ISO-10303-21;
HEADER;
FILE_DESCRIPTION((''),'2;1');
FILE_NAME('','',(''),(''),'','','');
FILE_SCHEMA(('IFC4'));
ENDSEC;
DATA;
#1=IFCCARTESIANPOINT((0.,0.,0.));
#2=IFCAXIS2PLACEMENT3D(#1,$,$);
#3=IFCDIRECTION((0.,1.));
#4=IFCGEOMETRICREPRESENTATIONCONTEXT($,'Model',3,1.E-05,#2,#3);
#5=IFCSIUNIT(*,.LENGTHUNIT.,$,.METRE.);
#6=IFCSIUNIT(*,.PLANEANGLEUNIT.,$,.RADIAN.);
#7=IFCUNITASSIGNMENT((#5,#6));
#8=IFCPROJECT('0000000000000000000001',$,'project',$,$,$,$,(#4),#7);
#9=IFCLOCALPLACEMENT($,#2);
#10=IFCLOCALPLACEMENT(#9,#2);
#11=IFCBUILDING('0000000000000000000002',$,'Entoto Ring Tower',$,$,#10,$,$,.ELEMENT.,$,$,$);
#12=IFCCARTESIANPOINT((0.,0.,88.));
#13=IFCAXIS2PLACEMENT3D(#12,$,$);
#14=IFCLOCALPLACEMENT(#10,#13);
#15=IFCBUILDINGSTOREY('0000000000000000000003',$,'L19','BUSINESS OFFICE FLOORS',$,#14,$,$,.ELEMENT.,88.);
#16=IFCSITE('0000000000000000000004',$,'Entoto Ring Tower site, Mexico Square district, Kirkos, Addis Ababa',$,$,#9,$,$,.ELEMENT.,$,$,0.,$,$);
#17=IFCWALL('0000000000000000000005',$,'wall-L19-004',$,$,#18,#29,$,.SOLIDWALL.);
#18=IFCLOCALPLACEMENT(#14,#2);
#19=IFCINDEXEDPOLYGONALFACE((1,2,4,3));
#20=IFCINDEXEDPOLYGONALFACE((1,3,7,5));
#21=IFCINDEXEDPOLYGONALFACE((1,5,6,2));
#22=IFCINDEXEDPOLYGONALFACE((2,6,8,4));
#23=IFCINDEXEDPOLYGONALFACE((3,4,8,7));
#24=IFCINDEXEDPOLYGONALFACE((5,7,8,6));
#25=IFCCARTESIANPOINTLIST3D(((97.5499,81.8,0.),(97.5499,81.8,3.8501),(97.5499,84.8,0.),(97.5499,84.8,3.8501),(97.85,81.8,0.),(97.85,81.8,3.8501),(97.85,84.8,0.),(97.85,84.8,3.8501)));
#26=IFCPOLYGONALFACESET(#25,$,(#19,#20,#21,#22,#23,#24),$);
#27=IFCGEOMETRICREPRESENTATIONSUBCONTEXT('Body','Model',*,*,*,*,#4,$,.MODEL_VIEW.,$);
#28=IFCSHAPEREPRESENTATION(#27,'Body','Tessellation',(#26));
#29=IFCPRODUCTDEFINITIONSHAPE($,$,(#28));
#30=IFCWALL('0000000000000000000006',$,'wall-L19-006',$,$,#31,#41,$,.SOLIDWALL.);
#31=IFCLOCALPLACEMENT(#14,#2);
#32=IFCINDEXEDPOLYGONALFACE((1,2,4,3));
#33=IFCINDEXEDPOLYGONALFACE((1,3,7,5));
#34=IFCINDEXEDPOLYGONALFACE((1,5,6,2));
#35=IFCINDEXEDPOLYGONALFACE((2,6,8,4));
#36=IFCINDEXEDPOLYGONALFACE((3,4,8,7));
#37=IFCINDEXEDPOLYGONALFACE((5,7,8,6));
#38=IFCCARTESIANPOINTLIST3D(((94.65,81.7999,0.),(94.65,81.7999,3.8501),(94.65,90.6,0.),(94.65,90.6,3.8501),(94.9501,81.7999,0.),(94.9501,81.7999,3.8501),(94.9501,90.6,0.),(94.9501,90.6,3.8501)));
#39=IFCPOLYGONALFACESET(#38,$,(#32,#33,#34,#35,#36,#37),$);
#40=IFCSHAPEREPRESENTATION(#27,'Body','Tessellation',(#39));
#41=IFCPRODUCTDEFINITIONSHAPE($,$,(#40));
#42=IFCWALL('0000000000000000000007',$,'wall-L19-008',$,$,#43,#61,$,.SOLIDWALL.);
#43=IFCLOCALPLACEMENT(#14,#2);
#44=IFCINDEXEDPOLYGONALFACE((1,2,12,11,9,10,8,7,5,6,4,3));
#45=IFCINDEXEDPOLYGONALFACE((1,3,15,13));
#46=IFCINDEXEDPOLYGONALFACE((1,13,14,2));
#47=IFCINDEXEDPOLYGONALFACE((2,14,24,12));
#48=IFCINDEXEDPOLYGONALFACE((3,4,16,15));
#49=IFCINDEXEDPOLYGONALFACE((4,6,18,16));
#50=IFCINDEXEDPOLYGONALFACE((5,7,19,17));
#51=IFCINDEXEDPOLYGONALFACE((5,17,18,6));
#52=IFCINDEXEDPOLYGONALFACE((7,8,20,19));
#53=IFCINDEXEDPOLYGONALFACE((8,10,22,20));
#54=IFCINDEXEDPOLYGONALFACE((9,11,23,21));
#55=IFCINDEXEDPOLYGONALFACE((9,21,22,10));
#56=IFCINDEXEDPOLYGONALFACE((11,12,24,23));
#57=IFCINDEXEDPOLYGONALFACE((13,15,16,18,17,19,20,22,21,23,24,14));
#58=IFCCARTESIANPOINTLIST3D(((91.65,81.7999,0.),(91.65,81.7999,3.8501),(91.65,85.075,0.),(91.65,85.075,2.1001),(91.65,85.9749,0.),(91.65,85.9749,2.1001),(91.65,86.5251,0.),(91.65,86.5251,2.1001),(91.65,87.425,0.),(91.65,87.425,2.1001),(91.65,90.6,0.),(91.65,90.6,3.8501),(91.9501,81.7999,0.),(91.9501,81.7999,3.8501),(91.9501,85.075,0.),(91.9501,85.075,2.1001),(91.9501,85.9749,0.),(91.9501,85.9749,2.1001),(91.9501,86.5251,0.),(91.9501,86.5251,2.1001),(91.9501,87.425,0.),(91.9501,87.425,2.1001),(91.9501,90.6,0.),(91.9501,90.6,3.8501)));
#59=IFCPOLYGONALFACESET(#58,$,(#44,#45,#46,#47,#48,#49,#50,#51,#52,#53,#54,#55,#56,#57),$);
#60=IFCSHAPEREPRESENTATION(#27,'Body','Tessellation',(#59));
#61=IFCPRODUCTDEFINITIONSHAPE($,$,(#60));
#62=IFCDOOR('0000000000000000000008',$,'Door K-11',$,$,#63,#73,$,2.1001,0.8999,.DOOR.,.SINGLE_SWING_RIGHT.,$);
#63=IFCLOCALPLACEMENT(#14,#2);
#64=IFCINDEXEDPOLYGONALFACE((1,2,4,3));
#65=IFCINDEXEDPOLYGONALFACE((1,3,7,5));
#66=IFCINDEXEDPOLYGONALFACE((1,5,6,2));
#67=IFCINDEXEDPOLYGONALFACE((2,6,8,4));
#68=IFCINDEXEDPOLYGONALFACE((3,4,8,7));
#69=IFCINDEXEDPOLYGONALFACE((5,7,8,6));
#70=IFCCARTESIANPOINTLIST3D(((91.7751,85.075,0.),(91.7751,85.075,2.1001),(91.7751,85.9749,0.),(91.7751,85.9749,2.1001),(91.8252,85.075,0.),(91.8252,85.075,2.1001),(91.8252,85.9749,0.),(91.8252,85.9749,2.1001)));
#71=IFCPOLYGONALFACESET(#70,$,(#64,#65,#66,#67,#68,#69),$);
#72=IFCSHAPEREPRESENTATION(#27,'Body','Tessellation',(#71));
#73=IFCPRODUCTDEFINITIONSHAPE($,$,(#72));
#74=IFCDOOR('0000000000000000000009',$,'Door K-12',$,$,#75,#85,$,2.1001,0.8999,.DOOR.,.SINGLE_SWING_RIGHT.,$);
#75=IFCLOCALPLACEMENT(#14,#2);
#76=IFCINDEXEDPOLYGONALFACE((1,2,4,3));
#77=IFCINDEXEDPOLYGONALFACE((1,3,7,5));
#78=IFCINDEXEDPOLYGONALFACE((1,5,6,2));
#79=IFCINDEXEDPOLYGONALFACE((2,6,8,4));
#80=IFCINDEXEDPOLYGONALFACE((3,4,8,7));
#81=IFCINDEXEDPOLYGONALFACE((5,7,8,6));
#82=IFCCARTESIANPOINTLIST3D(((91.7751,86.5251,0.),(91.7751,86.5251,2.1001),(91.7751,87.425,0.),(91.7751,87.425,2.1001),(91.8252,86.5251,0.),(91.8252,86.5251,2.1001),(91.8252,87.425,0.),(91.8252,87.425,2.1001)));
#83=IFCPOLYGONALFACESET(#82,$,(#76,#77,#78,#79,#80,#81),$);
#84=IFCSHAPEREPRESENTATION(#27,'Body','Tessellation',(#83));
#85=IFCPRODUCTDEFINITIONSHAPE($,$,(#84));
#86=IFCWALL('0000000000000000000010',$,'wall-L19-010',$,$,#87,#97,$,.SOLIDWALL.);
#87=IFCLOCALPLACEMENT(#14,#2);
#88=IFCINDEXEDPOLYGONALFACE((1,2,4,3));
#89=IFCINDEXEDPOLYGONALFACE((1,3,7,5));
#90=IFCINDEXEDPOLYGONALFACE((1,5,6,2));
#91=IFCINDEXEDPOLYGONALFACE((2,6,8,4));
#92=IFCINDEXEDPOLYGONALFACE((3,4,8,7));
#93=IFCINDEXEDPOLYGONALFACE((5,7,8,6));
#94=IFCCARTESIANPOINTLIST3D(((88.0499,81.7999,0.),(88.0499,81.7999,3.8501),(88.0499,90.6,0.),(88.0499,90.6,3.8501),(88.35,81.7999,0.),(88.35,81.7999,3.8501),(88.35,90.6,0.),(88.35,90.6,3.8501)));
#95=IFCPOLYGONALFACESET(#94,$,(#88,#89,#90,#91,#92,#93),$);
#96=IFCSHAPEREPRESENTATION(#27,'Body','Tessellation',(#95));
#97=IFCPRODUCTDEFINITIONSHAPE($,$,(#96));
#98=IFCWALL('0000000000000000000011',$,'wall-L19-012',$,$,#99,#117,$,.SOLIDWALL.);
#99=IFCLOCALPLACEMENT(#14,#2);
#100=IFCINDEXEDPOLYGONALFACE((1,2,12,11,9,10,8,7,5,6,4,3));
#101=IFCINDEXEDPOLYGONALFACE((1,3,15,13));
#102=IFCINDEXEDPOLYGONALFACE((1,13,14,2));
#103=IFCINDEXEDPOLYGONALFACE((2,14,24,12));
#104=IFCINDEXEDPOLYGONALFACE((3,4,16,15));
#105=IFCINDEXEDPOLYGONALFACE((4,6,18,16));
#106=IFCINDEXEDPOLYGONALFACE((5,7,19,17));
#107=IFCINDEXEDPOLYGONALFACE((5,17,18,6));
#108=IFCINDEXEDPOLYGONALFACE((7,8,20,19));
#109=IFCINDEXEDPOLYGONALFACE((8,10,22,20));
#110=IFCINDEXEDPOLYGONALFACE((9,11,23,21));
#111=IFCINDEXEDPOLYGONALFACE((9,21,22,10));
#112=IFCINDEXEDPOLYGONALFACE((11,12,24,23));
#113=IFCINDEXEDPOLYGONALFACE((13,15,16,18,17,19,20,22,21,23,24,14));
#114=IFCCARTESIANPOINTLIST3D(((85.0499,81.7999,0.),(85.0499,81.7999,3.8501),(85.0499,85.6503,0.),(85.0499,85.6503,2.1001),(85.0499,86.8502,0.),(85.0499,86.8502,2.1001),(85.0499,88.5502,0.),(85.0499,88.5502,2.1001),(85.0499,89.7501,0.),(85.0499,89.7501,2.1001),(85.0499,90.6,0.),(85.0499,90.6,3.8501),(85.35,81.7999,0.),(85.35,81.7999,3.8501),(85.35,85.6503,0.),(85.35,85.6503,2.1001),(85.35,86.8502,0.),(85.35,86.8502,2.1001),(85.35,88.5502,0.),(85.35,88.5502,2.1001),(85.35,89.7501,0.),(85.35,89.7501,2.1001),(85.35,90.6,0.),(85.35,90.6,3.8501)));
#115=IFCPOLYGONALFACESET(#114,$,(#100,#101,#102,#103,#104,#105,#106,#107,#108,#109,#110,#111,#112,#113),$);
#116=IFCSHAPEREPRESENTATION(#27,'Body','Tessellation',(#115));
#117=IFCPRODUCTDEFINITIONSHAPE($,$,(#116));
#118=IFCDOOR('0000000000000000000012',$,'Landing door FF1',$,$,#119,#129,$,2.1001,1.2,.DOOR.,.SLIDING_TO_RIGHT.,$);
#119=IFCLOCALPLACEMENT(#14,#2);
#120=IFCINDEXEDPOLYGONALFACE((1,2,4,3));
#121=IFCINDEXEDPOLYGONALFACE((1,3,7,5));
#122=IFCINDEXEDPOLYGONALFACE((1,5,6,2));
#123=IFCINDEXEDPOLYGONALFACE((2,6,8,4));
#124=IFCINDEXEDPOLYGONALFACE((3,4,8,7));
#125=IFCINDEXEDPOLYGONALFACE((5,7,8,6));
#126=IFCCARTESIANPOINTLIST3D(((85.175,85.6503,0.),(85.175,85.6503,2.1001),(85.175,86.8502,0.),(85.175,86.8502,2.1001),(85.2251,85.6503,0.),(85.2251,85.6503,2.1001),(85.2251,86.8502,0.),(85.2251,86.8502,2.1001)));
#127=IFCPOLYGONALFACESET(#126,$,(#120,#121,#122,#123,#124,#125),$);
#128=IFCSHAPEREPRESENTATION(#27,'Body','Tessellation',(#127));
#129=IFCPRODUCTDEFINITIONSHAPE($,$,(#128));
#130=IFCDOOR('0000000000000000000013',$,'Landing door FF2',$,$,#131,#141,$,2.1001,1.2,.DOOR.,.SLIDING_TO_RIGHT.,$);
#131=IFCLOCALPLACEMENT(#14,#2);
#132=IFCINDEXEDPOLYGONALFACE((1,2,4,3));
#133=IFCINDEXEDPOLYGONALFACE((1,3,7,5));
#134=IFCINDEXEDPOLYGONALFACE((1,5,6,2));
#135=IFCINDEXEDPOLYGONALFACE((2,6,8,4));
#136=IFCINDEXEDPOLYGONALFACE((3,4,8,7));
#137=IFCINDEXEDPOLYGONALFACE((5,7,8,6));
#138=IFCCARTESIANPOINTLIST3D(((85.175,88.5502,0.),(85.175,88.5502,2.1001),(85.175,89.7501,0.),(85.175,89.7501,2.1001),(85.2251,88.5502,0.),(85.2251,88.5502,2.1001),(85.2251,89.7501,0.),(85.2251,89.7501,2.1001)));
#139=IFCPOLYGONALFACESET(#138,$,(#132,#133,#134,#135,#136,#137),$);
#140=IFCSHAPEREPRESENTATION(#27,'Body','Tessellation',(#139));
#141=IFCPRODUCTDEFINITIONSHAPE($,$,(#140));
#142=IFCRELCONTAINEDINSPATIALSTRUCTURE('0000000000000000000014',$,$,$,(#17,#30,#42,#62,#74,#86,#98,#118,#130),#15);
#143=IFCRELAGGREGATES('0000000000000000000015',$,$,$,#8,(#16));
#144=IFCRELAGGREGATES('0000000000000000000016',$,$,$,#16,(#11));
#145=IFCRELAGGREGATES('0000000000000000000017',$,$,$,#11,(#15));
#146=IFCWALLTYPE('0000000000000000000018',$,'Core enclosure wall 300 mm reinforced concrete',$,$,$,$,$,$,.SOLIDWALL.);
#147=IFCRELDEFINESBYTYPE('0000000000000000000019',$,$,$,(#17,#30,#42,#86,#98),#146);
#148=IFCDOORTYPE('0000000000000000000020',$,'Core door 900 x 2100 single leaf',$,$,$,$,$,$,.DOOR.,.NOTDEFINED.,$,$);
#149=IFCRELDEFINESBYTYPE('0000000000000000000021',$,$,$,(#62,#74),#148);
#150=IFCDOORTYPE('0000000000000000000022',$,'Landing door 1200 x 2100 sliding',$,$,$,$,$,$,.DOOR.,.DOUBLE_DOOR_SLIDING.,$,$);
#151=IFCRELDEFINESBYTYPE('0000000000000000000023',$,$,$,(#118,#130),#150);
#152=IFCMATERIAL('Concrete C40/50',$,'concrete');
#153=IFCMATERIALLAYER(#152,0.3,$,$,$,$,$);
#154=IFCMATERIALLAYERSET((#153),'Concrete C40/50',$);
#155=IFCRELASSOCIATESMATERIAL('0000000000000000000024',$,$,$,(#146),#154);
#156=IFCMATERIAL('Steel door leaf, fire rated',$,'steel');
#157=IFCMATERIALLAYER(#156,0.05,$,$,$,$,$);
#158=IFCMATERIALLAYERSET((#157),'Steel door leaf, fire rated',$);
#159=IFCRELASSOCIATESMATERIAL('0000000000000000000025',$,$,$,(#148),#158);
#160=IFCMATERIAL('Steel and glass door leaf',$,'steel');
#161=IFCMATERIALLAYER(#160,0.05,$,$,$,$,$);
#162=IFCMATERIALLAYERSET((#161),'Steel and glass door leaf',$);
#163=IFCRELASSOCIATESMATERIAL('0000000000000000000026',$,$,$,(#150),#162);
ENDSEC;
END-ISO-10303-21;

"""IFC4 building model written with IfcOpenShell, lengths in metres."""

from ifc_helpers import new_model, si_unit, direction, frame, frame_2d, origin, place, context, subcontext, project, spatial, rectangle, extrude, material, layer, layer_set, type_object, element, fill, save


model = new_model("IFC4")

# Units and contexts
model_context = context("Model", 3, precision=1e-05, world=origin(), true_north=direction((0.0, 1.0)))
body_context = subcontext(model_context, "Body", "Model", "MODEL_VIEW")
ifc_project = project(units=[si_unit("LENGTHUNIT", "METRE"), si_unit("PLANEANGLEUNIT", "RADIAN")], contexts=[model_context])

# Site, building, storey
site_placement = place(None, origin())
site = spatial("IfcSite", under=ifc_project, at=site_placement, Name="Entoto Ring Tower site, Mexico Square district, Kirkos, Addis Ababa", CompositionType="ELEMENT", RefElevation=0.0)
building_placement = place(site_placement, origin())
building = spatial("IfcBuilding", under=site, at=building_placement, Name="Entoto Ring Tower", CompositionType="ELEMENT")
storey_placement = place(building_placement, frame((0.0, 0.0, 88.0)))
storey = spatial("IfcBuildingStorey", under=building, at=storey_placement, Name="L19", Description="BUSINESS OFFICE FLOORS", CompositionType="ELEMENT", Elevation=88.0)

# Walls
ifc_material_1 = material(Name="Concrete C40/50", Category="concrete")
ifc_layer_1 = layer(ifc_material_1, 0.3)
ifc_layer_set_1 = layer_set([ifc_layer_1], Name="Concrete C40/50")
wall_type = type_object("IfcWallType", Name="Core enclosure wall 300 mm reinforced concrete", PredefinedType="SOLIDWALL", material=ifc_layer_set_1)
wall_1_placement = place(storey_placement, frame((97.7, 81.8, 0.0), z_axis=(0.0, 0.0, 1.0), x_axis=(0.0, 1.0, 0.0)))
element("IfcWall", 1, at=wall_1_placement, inside=storey, type_object=wall_type, Name="wall-L19-004", PredefinedType="SOLIDWALL", context=body_context, shape_type="SweptSolid", body=[
    extrude(rectangle(XDim=3.0, YDim=0.3, at=frame_2d((1.5, 0.0))), origin(), (0.0, 0.0, 1.0), 3.8501),
])
wall_2_placement = place(storey_placement, frame((94.8, 81.8, 0.0), z_axis=(0.0, 0.0, 1.0), x_axis=(0.0, 1.0, 0.0)))
element("IfcWall", 2, at=wall_2_placement, inside=storey, type_object=wall_type, Name="wall-L19-006", PredefinedType="SOLIDWALL", context=body_context, shape_type="SweptSolid", body=[
    extrude(rectangle(XDim=8.8, YDim=0.3, at=frame_2d((4.3999, 0.0))), origin(), (0.0, 0.0, 1.0), 3.8501),
])

# Wall, openings, doors
wall_3_placement = place(storey_placement, frame((91.8, 81.8, 0.0), z_axis=(0.0, 0.0, 1.0), x_axis=(0.0, 1.0, 0.0)))
wall_3 = element("IfcWall", 3, at=wall_3_placement, inside=storey, type_object=wall_type, Name="wall-L19-008", PredefinedType="SOLIDWALL", context=body_context, shape_type="SweptSolid", body=[
    extrude(rectangle(XDim=8.8, YDim=0.3, at=frame_2d((4.3999, 0.0))), origin(), (0.0, 0.0, 1.0), 3.8501),
])
opening_1_placement = place(wall_3_placement, frame((3.2749, 0.0, 0.0)))
opening_1 = element("IfcOpeningElement", 4, at=opening_1_placement, cuts=wall_3, PredefinedType="OPENING", context=body_context, shape_type="SweptSolid", body=[
    extrude(rectangle(XDim=0.8999, YDim=2.1001, at=frame_2d((0.45, 1.05))), frame((0.0, 0.1602, 0.0), z_axis=(0.0, -1.0, 0.0), x_axis=(1.0, 0.0, 0.0)), (0.0, 0.0, 1.0), 0.3201),
])
opening_2_placement = place(wall_3_placement, frame((4.7251, 0.0, 0.0)))
opening_2 = element("IfcOpeningElement", 5, at=opening_2_placement, cuts=wall_3, PredefinedType="OPENING", context=body_context, shape_type="SweptSolid", body=[
    extrude(rectangle(XDim=0.8999, YDim=2.1001, at=frame_2d((0.45, 1.05))), frame((0.0, 0.1602, 0.0), z_axis=(0.0, -1.0, 0.0), x_axis=(1.0, 0.0, 0.0)), (0.0, 0.0, 1.0), 0.3201),
])
ifc_material_2 = material(Name="Steel door leaf, fire rated", Category="steel")
ifc_layer_2 = layer(ifc_material_2, 0.05)
ifc_layer_set_2 = layer_set([ifc_layer_2], Name="Steel door leaf, fire rated")
door_type_1 = type_object("IfcDoorType", Name="Core door 900 x 2100 single leaf", OperationType="NOTDEFINED", PredefinedType="DOOR", material=ifc_layer_set_2)
door_1_placement = place(opening_1_placement, origin())
door_1 = element("IfcDoor", 6, at=door_1_placement, inside=storey, type_object=door_type_1, Name="Door K-11", OperationType="SINGLE_SWING_RIGHT", OverallHeight=2.1001, OverallWidth=0.8999, PredefinedType="DOOR", context=body_context, shape_type="SweptSolid", body=[
    extrude(rectangle(XDim=0.8999, YDim=2.1001, at=frame_2d((0.45, 1.05))), frame((0.0, 0.0249, 0.0), z_axis=(0.0, -1.0, 0.0), x_axis=(1.0, 0.0, 0.0)), (0.0, 0.0, 1.0), 0.05),
])
fill(opening_1, door_1)
door_2_placement = place(opening_2_placement, origin())
door_2 = element("IfcDoor", 7, at=door_2_placement, inside=storey, type_object=door_type_1, Name="Door K-12", OperationType="SINGLE_SWING_RIGHT", OverallHeight=2.1001, OverallWidth=0.8999, PredefinedType="DOOR", context=body_context, shape_type="SweptSolid", body=[
    extrude(rectangle(XDim=0.8999, YDim=2.1001, at=frame_2d((0.45, 1.05))), frame((0.0, 0.0249, 0.0), z_axis=(0.0, -1.0, 0.0), x_axis=(1.0, 0.0, 0.0)), (0.0, 0.0, 1.0), 0.05),
])
fill(opening_2, door_2)

# Wall
wall_4_placement = place(storey_placement, frame((88.2, 81.8, 0.0), z_axis=(0.0, 0.0, 1.0), x_axis=(0.0, 1.0, 0.0)))
element("IfcWall", 8, at=wall_4_placement, inside=storey, type_object=wall_type, Name="wall-L19-010", PredefinedType="SOLIDWALL", context=body_context, shape_type="SweptSolid", body=[
    extrude(rectangle(XDim=8.8, YDim=0.3, at=frame_2d((4.3999, 0.0))), origin(), (0.0, 0.0, 1.0), 3.8501),
])

# Wall, openings, doors
wall_5_placement = place(storey_placement, frame((85.2, 81.8, 0.0), z_axis=(0.0, 0.0, 1.0), x_axis=(0.0, 1.0, 0.0)))
wall_5 = element("IfcWall", 9, at=wall_5_placement, inside=storey, type_object=wall_type, Name="wall-L19-012", PredefinedType="SOLIDWALL", context=body_context, shape_type="SweptSolid", body=[
    extrude(rectangle(XDim=8.8, YDim=0.3, at=frame_2d((4.3999, 0.0))), origin(), (0.0, 0.0, 1.0), 3.8501),
])
opening_3_placement = place(wall_5_placement, frame((3.8501, 0.0, 0.0)))
opening_3 = element("IfcOpeningElement", 10, at=opening_3_placement, cuts=wall_5, PredefinedType="OPENING", context=body_context, shape_type="SweptSolid", body=[
    extrude(rectangle(XDim=1.2, YDim=2.1001, at=frame_2d((0.6001, 1.05))), frame((0.0, 0.1602, 0.0), z_axis=(0.0, -1.0, 0.0), x_axis=(1.0, 0.0, 0.0)), (0.0, 0.0, 1.0), 0.3201),
])
opening_4_placement = place(wall_5_placement, frame((6.75, 0.0, 0.0)))
opening_4 = element("IfcOpeningElement", 11, at=opening_4_placement, cuts=wall_5, PredefinedType="OPENING", context=body_context, shape_type="SweptSolid", body=[
    extrude(rectangle(XDim=1.2, YDim=2.1001, at=frame_2d((0.6001, 1.05))), frame((0.0, 0.1602, 0.0), z_axis=(0.0, -1.0, 0.0), x_axis=(1.0, 0.0, 0.0)), (0.0, 0.0, 1.0), 0.3201),
])
ifc_material_3 = material(Name="Steel and glass door leaf", Category="steel")
ifc_layer_3 = layer(ifc_material_3, 0.05)
ifc_layer_set_3 = layer_set([ifc_layer_3], Name="Steel and glass door leaf")
door_type_2 = type_object("IfcDoorType", Name="Landing door 1200 x 2100 sliding", OperationType="DOUBLE_DOOR_SLIDING", PredefinedType="DOOR", material=ifc_layer_set_3)
door_3_placement = place(opening_3_placement, origin())
door_3 = element("IfcDoor", 12, at=door_3_placement, inside=storey, type_object=door_type_2, Name="Landing door FF1", OperationType="SLIDING_TO_RIGHT", OverallHeight=2.1001, OverallWidth=1.2, PredefinedType="DOOR", context=body_context, shape_type="SweptSolid", body=[
    extrude(rectangle(XDim=1.2, YDim=2.1001, at=frame_2d((0.6001, 1.05))), frame((0.0, 0.0249, 0.0), z_axis=(0.0, -1.0, 0.0), x_axis=(1.0, 0.0, 0.0)), (0.0, 0.0, 1.0), 0.05),
])
fill(opening_3, door_3)
door_4_placement = place(opening_4_placement, origin())
door_4 = element("IfcDoor", 13, at=door_4_placement, inside=storey, type_object=door_type_2, Name="Landing door FF2", OperationType="SLIDING_TO_RIGHT", OverallHeight=2.1001, OverallWidth=1.2, PredefinedType="DOOR", context=body_context, shape_type="SweptSolid", body=[
    extrude(rectangle(XDim=1.2, YDim=2.1001, at=frame_2d((0.6001, 1.05))), frame((0.0, 0.0249, 0.0), z_axis=(0.0, -1.0, 0.0), x_axis=(1.0, 0.0, 0.0)), (0.0, 0.0, 1.0), 0.05),
])
fill(opening_4, door_4)

save(model, "model.ifc")
